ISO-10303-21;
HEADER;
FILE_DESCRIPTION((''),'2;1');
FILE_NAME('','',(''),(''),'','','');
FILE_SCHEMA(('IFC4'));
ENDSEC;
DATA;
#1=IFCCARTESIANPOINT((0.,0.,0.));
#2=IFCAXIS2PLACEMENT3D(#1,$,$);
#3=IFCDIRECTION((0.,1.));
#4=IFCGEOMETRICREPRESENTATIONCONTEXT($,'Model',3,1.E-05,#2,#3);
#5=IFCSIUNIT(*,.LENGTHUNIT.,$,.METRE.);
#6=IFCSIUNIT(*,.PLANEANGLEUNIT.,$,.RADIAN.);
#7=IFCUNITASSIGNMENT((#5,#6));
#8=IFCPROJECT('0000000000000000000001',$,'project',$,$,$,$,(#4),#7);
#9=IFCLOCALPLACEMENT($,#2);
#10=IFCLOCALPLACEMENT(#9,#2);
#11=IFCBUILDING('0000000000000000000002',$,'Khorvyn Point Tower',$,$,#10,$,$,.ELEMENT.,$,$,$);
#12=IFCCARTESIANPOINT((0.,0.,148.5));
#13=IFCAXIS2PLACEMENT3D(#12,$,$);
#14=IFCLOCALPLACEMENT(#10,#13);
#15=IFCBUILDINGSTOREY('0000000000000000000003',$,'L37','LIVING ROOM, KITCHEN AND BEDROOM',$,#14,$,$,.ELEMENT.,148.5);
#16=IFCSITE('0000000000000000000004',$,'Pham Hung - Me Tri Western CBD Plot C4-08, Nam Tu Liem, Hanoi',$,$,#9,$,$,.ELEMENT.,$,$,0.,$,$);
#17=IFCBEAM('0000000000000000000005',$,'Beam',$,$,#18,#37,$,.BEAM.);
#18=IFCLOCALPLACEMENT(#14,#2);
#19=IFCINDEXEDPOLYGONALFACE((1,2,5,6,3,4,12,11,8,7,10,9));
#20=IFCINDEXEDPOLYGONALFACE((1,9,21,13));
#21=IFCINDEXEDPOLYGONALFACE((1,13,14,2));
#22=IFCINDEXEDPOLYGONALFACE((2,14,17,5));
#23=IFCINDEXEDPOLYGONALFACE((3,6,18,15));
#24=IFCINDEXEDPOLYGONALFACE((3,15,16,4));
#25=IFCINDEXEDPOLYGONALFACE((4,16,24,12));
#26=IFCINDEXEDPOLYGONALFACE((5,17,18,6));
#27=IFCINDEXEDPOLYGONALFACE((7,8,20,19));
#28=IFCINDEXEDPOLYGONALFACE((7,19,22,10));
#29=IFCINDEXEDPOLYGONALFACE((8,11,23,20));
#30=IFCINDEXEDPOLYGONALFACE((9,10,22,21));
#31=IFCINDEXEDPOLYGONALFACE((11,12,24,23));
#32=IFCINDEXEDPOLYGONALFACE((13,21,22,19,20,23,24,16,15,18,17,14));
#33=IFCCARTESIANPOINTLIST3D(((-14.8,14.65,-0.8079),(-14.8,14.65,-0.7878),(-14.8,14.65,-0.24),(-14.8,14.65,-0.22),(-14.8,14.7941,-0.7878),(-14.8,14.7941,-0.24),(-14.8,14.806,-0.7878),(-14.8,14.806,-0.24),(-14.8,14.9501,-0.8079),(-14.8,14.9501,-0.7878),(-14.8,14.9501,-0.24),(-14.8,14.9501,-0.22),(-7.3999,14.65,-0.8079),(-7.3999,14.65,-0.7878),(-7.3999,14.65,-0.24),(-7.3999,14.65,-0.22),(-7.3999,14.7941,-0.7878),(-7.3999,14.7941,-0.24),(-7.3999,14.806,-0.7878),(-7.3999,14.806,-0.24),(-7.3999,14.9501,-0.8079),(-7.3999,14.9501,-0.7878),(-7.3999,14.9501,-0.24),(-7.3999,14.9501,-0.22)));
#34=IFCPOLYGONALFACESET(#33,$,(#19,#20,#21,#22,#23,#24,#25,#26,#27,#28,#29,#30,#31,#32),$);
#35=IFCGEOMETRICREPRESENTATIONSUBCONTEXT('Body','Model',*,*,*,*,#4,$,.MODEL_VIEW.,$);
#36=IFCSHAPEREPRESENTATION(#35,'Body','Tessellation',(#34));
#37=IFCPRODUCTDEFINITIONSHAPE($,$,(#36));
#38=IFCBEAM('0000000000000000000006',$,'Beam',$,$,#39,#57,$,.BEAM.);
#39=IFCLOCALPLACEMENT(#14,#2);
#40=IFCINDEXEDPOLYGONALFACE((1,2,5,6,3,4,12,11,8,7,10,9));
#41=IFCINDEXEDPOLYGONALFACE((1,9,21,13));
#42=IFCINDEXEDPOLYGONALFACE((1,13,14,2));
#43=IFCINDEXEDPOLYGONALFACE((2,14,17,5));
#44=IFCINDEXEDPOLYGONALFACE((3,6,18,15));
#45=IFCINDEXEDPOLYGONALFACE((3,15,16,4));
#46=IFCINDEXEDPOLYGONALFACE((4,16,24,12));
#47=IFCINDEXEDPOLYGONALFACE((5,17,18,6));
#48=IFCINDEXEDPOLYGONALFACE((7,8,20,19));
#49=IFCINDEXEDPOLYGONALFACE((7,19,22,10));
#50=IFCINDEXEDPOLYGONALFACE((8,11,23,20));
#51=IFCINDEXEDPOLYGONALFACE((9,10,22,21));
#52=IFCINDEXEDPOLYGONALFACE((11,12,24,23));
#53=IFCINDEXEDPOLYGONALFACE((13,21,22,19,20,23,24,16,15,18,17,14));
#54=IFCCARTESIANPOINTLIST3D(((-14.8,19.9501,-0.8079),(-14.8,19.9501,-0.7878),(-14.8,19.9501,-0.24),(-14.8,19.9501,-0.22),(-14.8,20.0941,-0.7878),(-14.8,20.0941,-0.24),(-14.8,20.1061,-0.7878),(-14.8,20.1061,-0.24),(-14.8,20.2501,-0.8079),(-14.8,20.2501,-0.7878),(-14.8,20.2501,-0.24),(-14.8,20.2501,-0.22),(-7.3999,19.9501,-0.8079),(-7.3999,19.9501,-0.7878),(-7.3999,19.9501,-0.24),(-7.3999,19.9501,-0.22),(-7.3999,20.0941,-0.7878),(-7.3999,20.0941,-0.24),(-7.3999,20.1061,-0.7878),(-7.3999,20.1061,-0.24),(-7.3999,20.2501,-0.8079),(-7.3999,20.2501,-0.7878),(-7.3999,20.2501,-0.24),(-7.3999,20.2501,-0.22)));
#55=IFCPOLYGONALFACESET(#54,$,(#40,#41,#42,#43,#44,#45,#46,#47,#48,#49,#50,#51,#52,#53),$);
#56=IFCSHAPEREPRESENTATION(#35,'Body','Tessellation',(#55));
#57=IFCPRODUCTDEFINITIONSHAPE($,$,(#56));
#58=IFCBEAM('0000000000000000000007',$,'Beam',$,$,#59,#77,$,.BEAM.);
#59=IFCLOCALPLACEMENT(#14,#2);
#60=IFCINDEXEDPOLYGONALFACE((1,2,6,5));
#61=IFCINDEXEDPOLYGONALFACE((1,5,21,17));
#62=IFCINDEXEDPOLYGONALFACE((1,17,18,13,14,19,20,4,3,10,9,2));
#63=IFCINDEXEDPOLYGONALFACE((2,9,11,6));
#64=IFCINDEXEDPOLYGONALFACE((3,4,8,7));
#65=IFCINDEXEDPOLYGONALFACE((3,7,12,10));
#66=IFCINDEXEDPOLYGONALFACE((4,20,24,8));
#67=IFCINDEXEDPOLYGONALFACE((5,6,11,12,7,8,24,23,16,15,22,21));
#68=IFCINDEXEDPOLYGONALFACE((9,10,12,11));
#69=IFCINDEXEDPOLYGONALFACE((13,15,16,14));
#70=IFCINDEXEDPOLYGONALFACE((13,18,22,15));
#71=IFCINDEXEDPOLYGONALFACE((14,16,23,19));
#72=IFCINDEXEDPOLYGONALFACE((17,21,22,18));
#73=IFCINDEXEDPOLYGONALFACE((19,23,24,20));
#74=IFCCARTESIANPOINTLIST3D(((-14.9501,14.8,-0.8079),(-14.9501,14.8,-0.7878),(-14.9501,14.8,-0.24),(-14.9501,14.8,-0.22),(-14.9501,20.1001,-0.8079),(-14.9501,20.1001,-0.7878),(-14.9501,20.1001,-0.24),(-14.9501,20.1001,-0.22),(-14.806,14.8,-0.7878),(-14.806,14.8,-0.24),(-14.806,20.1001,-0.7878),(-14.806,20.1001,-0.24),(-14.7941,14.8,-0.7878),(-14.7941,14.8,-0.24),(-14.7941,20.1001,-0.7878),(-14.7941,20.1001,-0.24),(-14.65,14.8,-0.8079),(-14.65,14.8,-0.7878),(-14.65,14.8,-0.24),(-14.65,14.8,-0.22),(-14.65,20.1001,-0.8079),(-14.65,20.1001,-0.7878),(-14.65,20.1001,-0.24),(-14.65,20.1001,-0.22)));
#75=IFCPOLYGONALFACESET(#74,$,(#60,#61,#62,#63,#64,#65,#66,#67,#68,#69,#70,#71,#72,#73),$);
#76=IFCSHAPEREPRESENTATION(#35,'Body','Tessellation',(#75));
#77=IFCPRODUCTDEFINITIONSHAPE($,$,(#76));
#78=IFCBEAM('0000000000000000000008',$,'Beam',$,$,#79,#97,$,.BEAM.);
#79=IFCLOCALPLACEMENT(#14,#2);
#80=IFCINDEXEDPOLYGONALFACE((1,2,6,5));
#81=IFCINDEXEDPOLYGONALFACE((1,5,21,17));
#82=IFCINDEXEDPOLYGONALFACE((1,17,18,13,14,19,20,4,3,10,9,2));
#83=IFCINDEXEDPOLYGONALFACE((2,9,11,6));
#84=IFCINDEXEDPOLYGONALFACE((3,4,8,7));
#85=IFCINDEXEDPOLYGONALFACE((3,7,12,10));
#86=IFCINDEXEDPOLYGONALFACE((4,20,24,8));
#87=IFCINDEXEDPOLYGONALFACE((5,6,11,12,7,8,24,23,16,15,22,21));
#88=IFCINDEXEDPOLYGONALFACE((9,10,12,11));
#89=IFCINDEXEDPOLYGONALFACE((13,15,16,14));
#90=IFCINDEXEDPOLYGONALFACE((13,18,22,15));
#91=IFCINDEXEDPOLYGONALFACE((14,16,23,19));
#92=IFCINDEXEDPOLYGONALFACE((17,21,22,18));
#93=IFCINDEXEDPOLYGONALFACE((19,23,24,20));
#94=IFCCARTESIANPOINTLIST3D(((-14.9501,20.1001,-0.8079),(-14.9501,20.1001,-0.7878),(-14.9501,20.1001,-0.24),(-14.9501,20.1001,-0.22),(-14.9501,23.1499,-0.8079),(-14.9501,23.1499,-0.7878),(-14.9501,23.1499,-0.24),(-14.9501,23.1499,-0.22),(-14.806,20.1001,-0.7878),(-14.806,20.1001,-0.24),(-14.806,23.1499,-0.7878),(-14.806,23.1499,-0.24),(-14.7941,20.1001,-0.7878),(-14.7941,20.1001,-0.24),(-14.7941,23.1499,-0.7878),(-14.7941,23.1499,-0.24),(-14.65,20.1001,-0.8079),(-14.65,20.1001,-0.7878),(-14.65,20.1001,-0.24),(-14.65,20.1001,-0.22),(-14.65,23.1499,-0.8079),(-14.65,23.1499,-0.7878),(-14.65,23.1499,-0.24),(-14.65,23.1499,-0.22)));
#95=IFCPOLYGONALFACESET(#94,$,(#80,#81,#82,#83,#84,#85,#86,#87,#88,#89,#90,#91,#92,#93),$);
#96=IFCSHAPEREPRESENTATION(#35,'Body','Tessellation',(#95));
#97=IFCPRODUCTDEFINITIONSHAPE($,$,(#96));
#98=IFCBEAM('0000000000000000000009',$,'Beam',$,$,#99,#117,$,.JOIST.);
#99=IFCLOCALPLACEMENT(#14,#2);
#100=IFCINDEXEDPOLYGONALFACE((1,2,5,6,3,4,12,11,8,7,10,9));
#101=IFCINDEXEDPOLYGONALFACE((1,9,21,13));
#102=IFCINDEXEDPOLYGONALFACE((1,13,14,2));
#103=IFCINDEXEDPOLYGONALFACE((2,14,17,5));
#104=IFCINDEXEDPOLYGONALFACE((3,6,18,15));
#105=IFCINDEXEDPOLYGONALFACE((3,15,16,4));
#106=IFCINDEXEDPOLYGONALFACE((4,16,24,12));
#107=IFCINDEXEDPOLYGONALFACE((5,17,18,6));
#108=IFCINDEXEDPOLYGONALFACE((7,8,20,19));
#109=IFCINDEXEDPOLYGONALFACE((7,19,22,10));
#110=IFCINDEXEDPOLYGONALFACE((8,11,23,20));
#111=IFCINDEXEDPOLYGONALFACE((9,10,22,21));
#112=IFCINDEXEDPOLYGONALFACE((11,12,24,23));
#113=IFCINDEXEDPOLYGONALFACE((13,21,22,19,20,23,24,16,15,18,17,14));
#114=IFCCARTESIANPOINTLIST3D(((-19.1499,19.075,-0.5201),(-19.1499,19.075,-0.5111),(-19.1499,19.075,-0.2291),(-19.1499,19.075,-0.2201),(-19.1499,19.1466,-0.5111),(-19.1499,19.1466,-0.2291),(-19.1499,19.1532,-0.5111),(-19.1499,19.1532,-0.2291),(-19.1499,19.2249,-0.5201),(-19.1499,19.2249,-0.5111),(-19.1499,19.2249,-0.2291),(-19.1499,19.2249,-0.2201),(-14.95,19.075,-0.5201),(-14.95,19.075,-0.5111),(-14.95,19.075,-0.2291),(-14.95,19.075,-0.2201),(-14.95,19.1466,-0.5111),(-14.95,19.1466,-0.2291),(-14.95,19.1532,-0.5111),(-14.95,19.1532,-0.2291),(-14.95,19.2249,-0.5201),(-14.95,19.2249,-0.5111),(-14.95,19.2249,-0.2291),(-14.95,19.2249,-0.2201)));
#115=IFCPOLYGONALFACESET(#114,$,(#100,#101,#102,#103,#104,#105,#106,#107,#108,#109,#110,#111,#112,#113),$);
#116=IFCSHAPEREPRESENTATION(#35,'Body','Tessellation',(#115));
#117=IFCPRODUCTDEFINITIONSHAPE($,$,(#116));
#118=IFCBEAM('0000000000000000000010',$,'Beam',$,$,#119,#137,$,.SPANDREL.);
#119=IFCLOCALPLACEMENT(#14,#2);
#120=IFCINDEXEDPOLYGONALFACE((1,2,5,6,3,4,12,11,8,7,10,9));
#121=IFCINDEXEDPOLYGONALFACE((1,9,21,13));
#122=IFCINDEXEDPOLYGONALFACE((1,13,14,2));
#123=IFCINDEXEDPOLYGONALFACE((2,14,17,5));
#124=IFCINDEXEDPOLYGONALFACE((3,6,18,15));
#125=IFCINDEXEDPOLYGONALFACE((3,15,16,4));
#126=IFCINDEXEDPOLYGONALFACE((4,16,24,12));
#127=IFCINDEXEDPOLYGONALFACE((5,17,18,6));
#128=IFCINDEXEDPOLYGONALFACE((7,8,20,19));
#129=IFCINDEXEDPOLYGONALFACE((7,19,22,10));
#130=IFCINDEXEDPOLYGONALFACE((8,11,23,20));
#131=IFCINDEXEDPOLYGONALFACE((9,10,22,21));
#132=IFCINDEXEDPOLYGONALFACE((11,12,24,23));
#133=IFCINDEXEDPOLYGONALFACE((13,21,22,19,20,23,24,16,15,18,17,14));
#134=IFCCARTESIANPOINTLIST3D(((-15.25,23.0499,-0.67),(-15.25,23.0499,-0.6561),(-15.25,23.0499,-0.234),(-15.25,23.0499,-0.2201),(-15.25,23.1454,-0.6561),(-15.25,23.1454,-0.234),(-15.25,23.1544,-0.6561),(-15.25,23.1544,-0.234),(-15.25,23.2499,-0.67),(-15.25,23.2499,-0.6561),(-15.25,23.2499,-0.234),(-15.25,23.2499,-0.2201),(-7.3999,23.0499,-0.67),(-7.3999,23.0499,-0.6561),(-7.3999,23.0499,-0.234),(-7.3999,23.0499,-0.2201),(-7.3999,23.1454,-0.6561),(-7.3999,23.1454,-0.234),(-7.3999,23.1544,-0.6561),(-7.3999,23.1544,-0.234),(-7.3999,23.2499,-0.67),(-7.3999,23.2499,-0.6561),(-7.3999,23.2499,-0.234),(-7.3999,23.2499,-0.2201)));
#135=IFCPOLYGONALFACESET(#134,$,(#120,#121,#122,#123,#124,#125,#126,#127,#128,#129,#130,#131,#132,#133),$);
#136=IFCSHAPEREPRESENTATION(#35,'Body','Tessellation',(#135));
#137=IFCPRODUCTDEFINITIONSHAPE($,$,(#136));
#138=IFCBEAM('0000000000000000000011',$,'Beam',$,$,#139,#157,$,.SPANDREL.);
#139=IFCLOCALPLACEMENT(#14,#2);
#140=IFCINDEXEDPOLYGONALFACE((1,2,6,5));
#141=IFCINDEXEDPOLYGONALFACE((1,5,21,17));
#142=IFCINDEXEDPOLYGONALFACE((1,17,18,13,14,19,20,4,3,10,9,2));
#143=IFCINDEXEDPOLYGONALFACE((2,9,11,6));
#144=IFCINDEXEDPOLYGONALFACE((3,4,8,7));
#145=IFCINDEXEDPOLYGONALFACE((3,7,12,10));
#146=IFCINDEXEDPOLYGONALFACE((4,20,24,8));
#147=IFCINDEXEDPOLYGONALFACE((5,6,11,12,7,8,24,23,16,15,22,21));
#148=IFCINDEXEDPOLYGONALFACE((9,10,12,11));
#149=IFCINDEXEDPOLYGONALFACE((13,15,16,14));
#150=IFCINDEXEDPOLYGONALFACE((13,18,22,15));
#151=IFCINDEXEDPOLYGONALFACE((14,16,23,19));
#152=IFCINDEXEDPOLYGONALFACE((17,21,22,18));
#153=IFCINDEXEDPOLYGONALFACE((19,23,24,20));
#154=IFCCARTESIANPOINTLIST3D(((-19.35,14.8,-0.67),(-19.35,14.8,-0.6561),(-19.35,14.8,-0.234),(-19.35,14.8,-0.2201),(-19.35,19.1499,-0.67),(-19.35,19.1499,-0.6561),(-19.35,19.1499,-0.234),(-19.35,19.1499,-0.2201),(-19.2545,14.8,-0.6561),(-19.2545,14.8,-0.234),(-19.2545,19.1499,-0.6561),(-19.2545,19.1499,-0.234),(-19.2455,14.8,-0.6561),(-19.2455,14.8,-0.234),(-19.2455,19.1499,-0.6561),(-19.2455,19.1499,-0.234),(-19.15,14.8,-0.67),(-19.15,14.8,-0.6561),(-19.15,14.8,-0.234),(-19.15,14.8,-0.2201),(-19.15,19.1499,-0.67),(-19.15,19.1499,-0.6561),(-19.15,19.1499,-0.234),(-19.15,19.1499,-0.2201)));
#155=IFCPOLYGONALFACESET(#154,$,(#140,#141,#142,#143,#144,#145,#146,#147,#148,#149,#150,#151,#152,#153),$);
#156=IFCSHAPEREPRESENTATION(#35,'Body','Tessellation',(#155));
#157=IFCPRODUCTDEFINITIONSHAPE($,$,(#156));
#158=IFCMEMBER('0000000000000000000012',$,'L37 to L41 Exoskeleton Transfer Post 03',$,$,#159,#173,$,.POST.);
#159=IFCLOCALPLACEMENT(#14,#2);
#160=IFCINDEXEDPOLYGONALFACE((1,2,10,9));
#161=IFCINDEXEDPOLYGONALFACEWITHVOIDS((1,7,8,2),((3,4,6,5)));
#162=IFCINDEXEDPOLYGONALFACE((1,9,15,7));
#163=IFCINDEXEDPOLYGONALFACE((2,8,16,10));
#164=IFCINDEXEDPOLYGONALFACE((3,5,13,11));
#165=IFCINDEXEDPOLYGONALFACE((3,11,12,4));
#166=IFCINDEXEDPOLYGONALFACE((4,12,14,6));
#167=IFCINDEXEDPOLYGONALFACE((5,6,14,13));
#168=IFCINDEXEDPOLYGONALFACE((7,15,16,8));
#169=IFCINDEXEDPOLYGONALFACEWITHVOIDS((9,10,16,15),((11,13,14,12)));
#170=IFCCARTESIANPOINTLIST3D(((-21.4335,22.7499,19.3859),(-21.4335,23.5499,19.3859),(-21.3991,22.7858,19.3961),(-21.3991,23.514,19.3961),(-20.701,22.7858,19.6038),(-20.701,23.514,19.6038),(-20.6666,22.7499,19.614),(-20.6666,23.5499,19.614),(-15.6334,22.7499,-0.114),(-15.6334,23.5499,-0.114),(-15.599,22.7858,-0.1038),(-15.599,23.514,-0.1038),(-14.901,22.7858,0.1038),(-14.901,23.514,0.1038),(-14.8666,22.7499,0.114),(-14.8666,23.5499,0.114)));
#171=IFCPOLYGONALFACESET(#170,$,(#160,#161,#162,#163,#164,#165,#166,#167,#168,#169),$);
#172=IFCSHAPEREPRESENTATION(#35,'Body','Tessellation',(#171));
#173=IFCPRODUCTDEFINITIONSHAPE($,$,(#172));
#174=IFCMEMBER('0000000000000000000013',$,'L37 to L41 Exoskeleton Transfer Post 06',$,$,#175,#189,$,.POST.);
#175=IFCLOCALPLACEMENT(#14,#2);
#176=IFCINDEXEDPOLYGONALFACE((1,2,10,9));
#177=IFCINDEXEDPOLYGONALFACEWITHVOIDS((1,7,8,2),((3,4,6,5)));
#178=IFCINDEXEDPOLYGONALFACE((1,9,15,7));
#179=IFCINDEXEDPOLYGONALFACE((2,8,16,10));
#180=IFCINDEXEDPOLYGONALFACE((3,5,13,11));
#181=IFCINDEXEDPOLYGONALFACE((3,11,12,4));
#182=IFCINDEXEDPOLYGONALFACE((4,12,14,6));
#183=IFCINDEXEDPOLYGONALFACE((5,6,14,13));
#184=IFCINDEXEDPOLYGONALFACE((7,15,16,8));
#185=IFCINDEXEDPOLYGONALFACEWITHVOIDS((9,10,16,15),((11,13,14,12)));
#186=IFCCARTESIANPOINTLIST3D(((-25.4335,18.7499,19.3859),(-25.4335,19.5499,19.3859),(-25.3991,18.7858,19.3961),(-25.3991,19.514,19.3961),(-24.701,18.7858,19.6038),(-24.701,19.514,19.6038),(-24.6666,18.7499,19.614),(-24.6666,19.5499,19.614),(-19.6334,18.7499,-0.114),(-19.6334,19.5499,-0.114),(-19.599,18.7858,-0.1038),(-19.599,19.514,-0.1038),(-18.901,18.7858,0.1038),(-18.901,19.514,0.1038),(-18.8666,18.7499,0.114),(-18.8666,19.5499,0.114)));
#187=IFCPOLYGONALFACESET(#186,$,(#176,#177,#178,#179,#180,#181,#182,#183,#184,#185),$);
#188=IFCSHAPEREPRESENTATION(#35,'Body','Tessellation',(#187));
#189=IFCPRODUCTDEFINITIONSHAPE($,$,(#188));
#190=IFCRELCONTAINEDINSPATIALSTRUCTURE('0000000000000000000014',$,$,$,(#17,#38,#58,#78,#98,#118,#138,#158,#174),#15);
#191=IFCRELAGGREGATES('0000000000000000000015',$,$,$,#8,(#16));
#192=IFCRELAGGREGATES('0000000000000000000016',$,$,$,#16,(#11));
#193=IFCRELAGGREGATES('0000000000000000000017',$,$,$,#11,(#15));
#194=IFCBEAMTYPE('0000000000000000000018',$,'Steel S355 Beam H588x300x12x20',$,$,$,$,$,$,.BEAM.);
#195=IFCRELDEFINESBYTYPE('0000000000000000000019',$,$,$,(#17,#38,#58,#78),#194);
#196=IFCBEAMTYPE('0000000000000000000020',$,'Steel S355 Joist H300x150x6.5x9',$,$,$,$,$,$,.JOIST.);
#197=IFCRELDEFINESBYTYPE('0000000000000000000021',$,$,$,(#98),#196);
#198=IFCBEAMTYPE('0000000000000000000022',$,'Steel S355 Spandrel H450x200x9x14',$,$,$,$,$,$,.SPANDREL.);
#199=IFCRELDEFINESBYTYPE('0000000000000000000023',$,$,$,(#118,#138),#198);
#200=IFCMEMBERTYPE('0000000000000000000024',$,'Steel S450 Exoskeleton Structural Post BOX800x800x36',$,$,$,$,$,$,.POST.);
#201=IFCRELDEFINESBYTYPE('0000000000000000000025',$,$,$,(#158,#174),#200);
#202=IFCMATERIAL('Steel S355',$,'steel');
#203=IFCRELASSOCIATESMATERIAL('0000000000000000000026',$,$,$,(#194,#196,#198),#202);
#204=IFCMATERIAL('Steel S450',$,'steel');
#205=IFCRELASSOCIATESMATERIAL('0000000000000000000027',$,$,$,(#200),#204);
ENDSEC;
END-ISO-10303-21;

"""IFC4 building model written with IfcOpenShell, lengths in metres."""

from ifc_helpers import new_model, si_unit, direction, frame, origin, origin_2d, place, context, subcontext, project, spatial, hollow_rectangle, i_section, extrude, material, material_profile, profile_set, type_object, element, save


model = new_model("IFC4")

# Units and contexts
model_context = context("Model", 3, precision=1e-05, world=origin(), true_north=direction((0.0, 1.0)))
body_context = subcontext(model_context, "Body", "Model", "MODEL_VIEW")
ifc_project = project(units=[si_unit("LENGTHUNIT", "METRE"), si_unit("PLANEANGLEUNIT", "RADIAN")], contexts=[model_context])

# Site, building, storey
site_placement = place(None, origin())
site = spatial("IfcSite", under=ifc_project, at=site_placement, Name="Pham Hung - Me Tri Western CBD Plot C4-08, Nam Tu Liem, Hanoi", CompositionType="ELEMENT", RefElevation=0.0)
building_placement = place(site_placement, origin())
building = spatial("IfcBuilding", under=site, at=building_placement, Name="Khorvyn Point Tower", CompositionType="ELEMENT")
storey_placement = place(building_placement, frame((0.0, 0.0, 148.5)))
storey = spatial("IfcBuildingStorey", under=building, at=storey_placement, Name="L37", Description="LIVING ROOM, KITCHEN AND BEDROOM", CompositionType="ELEMENT", Elevation=148.5)

# Shared definitions
ifc_material_1 = material(Name="Steel S450", Category="steel")

# Beams
ifc_material_2 = material(Name="Steel S355", Category="steel")
ifc_material_profile_1 = material_profile(ifc_material_2, i_section(OverallWidth=0.3, OverallDepth=0.5879, WebThickness=0.012, FlangeThickness=0.02, at=origin_2d()))
ifc_profile_set_1 = profile_set([ifc_material_profile_1], Name="Steel S355 H588x300x12x20")
beam_type_1 = type_object("IfcBeamType", Name="Steel S355 Beam H588x300x12x20", PredefinedType="BEAM", material=ifc_profile_set_1)
for number, where, z_axis, x_axis, name in (
    (1, (-14.8, 14.8, -0.5139), (1.0, 0.0, 0.0), (0.0, 1.0, 0.0), "Beam"),
    (2, (-14.8, 20.1001, -0.5139), (1.0, 0.0, 0.0), (0.0, 1.0, 0.0), "Beam"),
):
    element("IfcBeam", number, at=place(storey_placement, frame(where, z_axis=z_axis, x_axis=x_axis)), inside=storey, type_object=beam_type_1, Name=name, PredefinedType="BEAM", context=body_context, shape_type="SweptSolid", body=[
        extrude(i_section(OverallWidth=0.3, OverallDepth=0.5879, WebThickness=0.012, FlangeThickness=0.02, at=origin_2d()), origin(), (0.0, 0.0, 1.0), 7.4001),
    ])
beam_1_placement = place(storey_placement, frame((-14.8, 14.8, -0.5139), z_axis=(0.0, 1.0, 0.0), x_axis=(-1.0, 0.0, 0.0)))
element("IfcBeam", 3, at=beam_1_placement, inside=storey, type_object=beam_type_1, Name="Beam", PredefinedType="BEAM", context=body_context, shape_type="SweptSolid", body=[
    extrude(i_section(OverallWidth=0.3, OverallDepth=0.5879, WebThickness=0.012, FlangeThickness=0.02, at=origin_2d()), origin(), (0.0, 0.0, 1.0), 5.3),
])
beam_2_placement = place(storey_placement, frame((-14.8, 20.1001, -0.5139), z_axis=(0.0, 1.0, 0.0), x_axis=(-1.0, 0.0, 0.0)))
element("IfcBeam", 4, at=beam_2_placement, inside=storey, type_object=beam_type_1, Name="Beam", PredefinedType="BEAM", context=body_context, shape_type="SweptSolid", body=[
    extrude(i_section(OverallWidth=0.3, OverallDepth=0.5879, WebThickness=0.012, FlangeThickness=0.02, at=origin_2d()), origin(), (0.0, 0.0, 1.0), 3.0498),
])
ifc_material_profile_2 = material_profile(ifc_material_2, i_section(OverallWidth=0.1499, OverallDepth=0.3, WebThickness=0.0066, FlangeThickness=0.009, at=origin_2d()))
ifc_profile_set_2 = profile_set([ifc_material_profile_2], Name="Steel S355 H300x150x6.5x9")
beam_type_2 = type_object("IfcBeamType", Name="Steel S355 Joist H300x150x6.5x9", PredefinedType="JOIST", material=ifc_profile_set_2)
beam_3_placement = place(storey_placement, frame((-19.1499, 19.1499, -0.3701), z_axis=(1.0, 0.0, 0.0), x_axis=(0.0, 1.0, 0.0)))
element("IfcBeam", 5, at=beam_3_placement, inside=storey, type_object=beam_type_2, Name="Beam", PredefinedType="JOIST", context=body_context, shape_type="SweptSolid", body=[
    extrude(i_section(OverallWidth=0.1499, OverallDepth=0.3, WebThickness=0.0066, FlangeThickness=0.009, at=origin_2d()), origin(), (0.0, 0.0, 1.0), 4.2),
])
ifc_material_profile_3 = material_profile(ifc_material_2, i_section(OverallWidth=0.2, OverallDepth=0.45, WebThickness=0.009, FlangeThickness=0.0139, at=origin_2d()))
ifc_profile_set_3 = profile_set([ifc_material_profile_3], Name="Steel S355 H450x200x9x14")
beam_type_3 = type_object("IfcBeamType", Name="Steel S355 Spandrel H450x200x9x14", PredefinedType="SPANDREL", material=ifc_profile_set_3)
beam_4_placement = place(storey_placement, frame((-15.25, 23.1499, -0.4451), z_axis=(1.0, 0.0, 0.0), x_axis=(0.0, 1.0, 0.0)))
element("IfcBeam", 6, at=beam_4_placement, inside=storey, type_object=beam_type_3, Name="Beam", PredefinedType="SPANDREL", context=body_context, shape_type="SweptSolid", body=[
    extrude(i_section(OverallWidth=0.2, OverallDepth=0.45, WebThickness=0.009, FlangeThickness=0.0139, at=origin_2d()), origin(), (0.0, 0.0, 1.0), 7.8501),
])
beam_5_placement = place(storey_placement, frame((-19.25, 14.8, -0.4451), z_axis=(0.0, 1.0, 0.0), x_axis=(-1.0, 0.0, 0.0)))
element("IfcBeam", 7, at=beam_5_placement, inside=storey, type_object=beam_type_3, Name="Beam", PredefinedType="SPANDREL", context=body_context, shape_type="SweptSolid", body=[
    extrude(i_section(OverallWidth=0.2, OverallDepth=0.45, WebThickness=0.009, FlangeThickness=0.0139, at=origin_2d()), origin(), (0.0, 0.0, 1.0), 4.3499),
])

# Members
ifc_material_profile_4 = material_profile(ifc_material_1, hollow_rectangle(XDim=0.8, YDim=0.8, WallThickness=0.0359, at=origin_2d()))
ifc_profile_set_4 = profile_set([ifc_material_profile_4], Name="Steel S450 BOX800x800x36")
member_type_1 = type_object("IfcMemberType", Name="Steel S450 Exoskeleton Structural Post BOX800x800x36", PredefinedType="POST", material=ifc_profile_set_4)
for number, where, z_axis, x_axis, name in (
    (8, (-15.25, 23.1499, 0.0), (-0.285095, 0.0, 0.958499), (0.0, -1.0, 0.0), "L37 to L41 Exoskeleton Transfer Post 03"),
    (9, (-19.25, 19.1499, 0.0), (-0.285095, 0.0, 0.958499), (0.0, -1.0, 0.0), "L37 to L41 Exoskeleton Transfer Post 06"),
):
    element("IfcMember", number, at=place(storey_placement, frame(where, z_axis=z_axis, x_axis=x_axis)), inside=storey, type_object=member_type_1, Name=name, PredefinedType="POST", context=body_context, shape_type="SweptSolid", body=[
        extrude(hollow_rectangle(XDim=0.8, YDim=0.8, WallThickness=0.0359, at=origin_2d()), origin(), (0.0, 0.0, 1.0), 20.3442),
    ])

save(model, "model.ifc")
